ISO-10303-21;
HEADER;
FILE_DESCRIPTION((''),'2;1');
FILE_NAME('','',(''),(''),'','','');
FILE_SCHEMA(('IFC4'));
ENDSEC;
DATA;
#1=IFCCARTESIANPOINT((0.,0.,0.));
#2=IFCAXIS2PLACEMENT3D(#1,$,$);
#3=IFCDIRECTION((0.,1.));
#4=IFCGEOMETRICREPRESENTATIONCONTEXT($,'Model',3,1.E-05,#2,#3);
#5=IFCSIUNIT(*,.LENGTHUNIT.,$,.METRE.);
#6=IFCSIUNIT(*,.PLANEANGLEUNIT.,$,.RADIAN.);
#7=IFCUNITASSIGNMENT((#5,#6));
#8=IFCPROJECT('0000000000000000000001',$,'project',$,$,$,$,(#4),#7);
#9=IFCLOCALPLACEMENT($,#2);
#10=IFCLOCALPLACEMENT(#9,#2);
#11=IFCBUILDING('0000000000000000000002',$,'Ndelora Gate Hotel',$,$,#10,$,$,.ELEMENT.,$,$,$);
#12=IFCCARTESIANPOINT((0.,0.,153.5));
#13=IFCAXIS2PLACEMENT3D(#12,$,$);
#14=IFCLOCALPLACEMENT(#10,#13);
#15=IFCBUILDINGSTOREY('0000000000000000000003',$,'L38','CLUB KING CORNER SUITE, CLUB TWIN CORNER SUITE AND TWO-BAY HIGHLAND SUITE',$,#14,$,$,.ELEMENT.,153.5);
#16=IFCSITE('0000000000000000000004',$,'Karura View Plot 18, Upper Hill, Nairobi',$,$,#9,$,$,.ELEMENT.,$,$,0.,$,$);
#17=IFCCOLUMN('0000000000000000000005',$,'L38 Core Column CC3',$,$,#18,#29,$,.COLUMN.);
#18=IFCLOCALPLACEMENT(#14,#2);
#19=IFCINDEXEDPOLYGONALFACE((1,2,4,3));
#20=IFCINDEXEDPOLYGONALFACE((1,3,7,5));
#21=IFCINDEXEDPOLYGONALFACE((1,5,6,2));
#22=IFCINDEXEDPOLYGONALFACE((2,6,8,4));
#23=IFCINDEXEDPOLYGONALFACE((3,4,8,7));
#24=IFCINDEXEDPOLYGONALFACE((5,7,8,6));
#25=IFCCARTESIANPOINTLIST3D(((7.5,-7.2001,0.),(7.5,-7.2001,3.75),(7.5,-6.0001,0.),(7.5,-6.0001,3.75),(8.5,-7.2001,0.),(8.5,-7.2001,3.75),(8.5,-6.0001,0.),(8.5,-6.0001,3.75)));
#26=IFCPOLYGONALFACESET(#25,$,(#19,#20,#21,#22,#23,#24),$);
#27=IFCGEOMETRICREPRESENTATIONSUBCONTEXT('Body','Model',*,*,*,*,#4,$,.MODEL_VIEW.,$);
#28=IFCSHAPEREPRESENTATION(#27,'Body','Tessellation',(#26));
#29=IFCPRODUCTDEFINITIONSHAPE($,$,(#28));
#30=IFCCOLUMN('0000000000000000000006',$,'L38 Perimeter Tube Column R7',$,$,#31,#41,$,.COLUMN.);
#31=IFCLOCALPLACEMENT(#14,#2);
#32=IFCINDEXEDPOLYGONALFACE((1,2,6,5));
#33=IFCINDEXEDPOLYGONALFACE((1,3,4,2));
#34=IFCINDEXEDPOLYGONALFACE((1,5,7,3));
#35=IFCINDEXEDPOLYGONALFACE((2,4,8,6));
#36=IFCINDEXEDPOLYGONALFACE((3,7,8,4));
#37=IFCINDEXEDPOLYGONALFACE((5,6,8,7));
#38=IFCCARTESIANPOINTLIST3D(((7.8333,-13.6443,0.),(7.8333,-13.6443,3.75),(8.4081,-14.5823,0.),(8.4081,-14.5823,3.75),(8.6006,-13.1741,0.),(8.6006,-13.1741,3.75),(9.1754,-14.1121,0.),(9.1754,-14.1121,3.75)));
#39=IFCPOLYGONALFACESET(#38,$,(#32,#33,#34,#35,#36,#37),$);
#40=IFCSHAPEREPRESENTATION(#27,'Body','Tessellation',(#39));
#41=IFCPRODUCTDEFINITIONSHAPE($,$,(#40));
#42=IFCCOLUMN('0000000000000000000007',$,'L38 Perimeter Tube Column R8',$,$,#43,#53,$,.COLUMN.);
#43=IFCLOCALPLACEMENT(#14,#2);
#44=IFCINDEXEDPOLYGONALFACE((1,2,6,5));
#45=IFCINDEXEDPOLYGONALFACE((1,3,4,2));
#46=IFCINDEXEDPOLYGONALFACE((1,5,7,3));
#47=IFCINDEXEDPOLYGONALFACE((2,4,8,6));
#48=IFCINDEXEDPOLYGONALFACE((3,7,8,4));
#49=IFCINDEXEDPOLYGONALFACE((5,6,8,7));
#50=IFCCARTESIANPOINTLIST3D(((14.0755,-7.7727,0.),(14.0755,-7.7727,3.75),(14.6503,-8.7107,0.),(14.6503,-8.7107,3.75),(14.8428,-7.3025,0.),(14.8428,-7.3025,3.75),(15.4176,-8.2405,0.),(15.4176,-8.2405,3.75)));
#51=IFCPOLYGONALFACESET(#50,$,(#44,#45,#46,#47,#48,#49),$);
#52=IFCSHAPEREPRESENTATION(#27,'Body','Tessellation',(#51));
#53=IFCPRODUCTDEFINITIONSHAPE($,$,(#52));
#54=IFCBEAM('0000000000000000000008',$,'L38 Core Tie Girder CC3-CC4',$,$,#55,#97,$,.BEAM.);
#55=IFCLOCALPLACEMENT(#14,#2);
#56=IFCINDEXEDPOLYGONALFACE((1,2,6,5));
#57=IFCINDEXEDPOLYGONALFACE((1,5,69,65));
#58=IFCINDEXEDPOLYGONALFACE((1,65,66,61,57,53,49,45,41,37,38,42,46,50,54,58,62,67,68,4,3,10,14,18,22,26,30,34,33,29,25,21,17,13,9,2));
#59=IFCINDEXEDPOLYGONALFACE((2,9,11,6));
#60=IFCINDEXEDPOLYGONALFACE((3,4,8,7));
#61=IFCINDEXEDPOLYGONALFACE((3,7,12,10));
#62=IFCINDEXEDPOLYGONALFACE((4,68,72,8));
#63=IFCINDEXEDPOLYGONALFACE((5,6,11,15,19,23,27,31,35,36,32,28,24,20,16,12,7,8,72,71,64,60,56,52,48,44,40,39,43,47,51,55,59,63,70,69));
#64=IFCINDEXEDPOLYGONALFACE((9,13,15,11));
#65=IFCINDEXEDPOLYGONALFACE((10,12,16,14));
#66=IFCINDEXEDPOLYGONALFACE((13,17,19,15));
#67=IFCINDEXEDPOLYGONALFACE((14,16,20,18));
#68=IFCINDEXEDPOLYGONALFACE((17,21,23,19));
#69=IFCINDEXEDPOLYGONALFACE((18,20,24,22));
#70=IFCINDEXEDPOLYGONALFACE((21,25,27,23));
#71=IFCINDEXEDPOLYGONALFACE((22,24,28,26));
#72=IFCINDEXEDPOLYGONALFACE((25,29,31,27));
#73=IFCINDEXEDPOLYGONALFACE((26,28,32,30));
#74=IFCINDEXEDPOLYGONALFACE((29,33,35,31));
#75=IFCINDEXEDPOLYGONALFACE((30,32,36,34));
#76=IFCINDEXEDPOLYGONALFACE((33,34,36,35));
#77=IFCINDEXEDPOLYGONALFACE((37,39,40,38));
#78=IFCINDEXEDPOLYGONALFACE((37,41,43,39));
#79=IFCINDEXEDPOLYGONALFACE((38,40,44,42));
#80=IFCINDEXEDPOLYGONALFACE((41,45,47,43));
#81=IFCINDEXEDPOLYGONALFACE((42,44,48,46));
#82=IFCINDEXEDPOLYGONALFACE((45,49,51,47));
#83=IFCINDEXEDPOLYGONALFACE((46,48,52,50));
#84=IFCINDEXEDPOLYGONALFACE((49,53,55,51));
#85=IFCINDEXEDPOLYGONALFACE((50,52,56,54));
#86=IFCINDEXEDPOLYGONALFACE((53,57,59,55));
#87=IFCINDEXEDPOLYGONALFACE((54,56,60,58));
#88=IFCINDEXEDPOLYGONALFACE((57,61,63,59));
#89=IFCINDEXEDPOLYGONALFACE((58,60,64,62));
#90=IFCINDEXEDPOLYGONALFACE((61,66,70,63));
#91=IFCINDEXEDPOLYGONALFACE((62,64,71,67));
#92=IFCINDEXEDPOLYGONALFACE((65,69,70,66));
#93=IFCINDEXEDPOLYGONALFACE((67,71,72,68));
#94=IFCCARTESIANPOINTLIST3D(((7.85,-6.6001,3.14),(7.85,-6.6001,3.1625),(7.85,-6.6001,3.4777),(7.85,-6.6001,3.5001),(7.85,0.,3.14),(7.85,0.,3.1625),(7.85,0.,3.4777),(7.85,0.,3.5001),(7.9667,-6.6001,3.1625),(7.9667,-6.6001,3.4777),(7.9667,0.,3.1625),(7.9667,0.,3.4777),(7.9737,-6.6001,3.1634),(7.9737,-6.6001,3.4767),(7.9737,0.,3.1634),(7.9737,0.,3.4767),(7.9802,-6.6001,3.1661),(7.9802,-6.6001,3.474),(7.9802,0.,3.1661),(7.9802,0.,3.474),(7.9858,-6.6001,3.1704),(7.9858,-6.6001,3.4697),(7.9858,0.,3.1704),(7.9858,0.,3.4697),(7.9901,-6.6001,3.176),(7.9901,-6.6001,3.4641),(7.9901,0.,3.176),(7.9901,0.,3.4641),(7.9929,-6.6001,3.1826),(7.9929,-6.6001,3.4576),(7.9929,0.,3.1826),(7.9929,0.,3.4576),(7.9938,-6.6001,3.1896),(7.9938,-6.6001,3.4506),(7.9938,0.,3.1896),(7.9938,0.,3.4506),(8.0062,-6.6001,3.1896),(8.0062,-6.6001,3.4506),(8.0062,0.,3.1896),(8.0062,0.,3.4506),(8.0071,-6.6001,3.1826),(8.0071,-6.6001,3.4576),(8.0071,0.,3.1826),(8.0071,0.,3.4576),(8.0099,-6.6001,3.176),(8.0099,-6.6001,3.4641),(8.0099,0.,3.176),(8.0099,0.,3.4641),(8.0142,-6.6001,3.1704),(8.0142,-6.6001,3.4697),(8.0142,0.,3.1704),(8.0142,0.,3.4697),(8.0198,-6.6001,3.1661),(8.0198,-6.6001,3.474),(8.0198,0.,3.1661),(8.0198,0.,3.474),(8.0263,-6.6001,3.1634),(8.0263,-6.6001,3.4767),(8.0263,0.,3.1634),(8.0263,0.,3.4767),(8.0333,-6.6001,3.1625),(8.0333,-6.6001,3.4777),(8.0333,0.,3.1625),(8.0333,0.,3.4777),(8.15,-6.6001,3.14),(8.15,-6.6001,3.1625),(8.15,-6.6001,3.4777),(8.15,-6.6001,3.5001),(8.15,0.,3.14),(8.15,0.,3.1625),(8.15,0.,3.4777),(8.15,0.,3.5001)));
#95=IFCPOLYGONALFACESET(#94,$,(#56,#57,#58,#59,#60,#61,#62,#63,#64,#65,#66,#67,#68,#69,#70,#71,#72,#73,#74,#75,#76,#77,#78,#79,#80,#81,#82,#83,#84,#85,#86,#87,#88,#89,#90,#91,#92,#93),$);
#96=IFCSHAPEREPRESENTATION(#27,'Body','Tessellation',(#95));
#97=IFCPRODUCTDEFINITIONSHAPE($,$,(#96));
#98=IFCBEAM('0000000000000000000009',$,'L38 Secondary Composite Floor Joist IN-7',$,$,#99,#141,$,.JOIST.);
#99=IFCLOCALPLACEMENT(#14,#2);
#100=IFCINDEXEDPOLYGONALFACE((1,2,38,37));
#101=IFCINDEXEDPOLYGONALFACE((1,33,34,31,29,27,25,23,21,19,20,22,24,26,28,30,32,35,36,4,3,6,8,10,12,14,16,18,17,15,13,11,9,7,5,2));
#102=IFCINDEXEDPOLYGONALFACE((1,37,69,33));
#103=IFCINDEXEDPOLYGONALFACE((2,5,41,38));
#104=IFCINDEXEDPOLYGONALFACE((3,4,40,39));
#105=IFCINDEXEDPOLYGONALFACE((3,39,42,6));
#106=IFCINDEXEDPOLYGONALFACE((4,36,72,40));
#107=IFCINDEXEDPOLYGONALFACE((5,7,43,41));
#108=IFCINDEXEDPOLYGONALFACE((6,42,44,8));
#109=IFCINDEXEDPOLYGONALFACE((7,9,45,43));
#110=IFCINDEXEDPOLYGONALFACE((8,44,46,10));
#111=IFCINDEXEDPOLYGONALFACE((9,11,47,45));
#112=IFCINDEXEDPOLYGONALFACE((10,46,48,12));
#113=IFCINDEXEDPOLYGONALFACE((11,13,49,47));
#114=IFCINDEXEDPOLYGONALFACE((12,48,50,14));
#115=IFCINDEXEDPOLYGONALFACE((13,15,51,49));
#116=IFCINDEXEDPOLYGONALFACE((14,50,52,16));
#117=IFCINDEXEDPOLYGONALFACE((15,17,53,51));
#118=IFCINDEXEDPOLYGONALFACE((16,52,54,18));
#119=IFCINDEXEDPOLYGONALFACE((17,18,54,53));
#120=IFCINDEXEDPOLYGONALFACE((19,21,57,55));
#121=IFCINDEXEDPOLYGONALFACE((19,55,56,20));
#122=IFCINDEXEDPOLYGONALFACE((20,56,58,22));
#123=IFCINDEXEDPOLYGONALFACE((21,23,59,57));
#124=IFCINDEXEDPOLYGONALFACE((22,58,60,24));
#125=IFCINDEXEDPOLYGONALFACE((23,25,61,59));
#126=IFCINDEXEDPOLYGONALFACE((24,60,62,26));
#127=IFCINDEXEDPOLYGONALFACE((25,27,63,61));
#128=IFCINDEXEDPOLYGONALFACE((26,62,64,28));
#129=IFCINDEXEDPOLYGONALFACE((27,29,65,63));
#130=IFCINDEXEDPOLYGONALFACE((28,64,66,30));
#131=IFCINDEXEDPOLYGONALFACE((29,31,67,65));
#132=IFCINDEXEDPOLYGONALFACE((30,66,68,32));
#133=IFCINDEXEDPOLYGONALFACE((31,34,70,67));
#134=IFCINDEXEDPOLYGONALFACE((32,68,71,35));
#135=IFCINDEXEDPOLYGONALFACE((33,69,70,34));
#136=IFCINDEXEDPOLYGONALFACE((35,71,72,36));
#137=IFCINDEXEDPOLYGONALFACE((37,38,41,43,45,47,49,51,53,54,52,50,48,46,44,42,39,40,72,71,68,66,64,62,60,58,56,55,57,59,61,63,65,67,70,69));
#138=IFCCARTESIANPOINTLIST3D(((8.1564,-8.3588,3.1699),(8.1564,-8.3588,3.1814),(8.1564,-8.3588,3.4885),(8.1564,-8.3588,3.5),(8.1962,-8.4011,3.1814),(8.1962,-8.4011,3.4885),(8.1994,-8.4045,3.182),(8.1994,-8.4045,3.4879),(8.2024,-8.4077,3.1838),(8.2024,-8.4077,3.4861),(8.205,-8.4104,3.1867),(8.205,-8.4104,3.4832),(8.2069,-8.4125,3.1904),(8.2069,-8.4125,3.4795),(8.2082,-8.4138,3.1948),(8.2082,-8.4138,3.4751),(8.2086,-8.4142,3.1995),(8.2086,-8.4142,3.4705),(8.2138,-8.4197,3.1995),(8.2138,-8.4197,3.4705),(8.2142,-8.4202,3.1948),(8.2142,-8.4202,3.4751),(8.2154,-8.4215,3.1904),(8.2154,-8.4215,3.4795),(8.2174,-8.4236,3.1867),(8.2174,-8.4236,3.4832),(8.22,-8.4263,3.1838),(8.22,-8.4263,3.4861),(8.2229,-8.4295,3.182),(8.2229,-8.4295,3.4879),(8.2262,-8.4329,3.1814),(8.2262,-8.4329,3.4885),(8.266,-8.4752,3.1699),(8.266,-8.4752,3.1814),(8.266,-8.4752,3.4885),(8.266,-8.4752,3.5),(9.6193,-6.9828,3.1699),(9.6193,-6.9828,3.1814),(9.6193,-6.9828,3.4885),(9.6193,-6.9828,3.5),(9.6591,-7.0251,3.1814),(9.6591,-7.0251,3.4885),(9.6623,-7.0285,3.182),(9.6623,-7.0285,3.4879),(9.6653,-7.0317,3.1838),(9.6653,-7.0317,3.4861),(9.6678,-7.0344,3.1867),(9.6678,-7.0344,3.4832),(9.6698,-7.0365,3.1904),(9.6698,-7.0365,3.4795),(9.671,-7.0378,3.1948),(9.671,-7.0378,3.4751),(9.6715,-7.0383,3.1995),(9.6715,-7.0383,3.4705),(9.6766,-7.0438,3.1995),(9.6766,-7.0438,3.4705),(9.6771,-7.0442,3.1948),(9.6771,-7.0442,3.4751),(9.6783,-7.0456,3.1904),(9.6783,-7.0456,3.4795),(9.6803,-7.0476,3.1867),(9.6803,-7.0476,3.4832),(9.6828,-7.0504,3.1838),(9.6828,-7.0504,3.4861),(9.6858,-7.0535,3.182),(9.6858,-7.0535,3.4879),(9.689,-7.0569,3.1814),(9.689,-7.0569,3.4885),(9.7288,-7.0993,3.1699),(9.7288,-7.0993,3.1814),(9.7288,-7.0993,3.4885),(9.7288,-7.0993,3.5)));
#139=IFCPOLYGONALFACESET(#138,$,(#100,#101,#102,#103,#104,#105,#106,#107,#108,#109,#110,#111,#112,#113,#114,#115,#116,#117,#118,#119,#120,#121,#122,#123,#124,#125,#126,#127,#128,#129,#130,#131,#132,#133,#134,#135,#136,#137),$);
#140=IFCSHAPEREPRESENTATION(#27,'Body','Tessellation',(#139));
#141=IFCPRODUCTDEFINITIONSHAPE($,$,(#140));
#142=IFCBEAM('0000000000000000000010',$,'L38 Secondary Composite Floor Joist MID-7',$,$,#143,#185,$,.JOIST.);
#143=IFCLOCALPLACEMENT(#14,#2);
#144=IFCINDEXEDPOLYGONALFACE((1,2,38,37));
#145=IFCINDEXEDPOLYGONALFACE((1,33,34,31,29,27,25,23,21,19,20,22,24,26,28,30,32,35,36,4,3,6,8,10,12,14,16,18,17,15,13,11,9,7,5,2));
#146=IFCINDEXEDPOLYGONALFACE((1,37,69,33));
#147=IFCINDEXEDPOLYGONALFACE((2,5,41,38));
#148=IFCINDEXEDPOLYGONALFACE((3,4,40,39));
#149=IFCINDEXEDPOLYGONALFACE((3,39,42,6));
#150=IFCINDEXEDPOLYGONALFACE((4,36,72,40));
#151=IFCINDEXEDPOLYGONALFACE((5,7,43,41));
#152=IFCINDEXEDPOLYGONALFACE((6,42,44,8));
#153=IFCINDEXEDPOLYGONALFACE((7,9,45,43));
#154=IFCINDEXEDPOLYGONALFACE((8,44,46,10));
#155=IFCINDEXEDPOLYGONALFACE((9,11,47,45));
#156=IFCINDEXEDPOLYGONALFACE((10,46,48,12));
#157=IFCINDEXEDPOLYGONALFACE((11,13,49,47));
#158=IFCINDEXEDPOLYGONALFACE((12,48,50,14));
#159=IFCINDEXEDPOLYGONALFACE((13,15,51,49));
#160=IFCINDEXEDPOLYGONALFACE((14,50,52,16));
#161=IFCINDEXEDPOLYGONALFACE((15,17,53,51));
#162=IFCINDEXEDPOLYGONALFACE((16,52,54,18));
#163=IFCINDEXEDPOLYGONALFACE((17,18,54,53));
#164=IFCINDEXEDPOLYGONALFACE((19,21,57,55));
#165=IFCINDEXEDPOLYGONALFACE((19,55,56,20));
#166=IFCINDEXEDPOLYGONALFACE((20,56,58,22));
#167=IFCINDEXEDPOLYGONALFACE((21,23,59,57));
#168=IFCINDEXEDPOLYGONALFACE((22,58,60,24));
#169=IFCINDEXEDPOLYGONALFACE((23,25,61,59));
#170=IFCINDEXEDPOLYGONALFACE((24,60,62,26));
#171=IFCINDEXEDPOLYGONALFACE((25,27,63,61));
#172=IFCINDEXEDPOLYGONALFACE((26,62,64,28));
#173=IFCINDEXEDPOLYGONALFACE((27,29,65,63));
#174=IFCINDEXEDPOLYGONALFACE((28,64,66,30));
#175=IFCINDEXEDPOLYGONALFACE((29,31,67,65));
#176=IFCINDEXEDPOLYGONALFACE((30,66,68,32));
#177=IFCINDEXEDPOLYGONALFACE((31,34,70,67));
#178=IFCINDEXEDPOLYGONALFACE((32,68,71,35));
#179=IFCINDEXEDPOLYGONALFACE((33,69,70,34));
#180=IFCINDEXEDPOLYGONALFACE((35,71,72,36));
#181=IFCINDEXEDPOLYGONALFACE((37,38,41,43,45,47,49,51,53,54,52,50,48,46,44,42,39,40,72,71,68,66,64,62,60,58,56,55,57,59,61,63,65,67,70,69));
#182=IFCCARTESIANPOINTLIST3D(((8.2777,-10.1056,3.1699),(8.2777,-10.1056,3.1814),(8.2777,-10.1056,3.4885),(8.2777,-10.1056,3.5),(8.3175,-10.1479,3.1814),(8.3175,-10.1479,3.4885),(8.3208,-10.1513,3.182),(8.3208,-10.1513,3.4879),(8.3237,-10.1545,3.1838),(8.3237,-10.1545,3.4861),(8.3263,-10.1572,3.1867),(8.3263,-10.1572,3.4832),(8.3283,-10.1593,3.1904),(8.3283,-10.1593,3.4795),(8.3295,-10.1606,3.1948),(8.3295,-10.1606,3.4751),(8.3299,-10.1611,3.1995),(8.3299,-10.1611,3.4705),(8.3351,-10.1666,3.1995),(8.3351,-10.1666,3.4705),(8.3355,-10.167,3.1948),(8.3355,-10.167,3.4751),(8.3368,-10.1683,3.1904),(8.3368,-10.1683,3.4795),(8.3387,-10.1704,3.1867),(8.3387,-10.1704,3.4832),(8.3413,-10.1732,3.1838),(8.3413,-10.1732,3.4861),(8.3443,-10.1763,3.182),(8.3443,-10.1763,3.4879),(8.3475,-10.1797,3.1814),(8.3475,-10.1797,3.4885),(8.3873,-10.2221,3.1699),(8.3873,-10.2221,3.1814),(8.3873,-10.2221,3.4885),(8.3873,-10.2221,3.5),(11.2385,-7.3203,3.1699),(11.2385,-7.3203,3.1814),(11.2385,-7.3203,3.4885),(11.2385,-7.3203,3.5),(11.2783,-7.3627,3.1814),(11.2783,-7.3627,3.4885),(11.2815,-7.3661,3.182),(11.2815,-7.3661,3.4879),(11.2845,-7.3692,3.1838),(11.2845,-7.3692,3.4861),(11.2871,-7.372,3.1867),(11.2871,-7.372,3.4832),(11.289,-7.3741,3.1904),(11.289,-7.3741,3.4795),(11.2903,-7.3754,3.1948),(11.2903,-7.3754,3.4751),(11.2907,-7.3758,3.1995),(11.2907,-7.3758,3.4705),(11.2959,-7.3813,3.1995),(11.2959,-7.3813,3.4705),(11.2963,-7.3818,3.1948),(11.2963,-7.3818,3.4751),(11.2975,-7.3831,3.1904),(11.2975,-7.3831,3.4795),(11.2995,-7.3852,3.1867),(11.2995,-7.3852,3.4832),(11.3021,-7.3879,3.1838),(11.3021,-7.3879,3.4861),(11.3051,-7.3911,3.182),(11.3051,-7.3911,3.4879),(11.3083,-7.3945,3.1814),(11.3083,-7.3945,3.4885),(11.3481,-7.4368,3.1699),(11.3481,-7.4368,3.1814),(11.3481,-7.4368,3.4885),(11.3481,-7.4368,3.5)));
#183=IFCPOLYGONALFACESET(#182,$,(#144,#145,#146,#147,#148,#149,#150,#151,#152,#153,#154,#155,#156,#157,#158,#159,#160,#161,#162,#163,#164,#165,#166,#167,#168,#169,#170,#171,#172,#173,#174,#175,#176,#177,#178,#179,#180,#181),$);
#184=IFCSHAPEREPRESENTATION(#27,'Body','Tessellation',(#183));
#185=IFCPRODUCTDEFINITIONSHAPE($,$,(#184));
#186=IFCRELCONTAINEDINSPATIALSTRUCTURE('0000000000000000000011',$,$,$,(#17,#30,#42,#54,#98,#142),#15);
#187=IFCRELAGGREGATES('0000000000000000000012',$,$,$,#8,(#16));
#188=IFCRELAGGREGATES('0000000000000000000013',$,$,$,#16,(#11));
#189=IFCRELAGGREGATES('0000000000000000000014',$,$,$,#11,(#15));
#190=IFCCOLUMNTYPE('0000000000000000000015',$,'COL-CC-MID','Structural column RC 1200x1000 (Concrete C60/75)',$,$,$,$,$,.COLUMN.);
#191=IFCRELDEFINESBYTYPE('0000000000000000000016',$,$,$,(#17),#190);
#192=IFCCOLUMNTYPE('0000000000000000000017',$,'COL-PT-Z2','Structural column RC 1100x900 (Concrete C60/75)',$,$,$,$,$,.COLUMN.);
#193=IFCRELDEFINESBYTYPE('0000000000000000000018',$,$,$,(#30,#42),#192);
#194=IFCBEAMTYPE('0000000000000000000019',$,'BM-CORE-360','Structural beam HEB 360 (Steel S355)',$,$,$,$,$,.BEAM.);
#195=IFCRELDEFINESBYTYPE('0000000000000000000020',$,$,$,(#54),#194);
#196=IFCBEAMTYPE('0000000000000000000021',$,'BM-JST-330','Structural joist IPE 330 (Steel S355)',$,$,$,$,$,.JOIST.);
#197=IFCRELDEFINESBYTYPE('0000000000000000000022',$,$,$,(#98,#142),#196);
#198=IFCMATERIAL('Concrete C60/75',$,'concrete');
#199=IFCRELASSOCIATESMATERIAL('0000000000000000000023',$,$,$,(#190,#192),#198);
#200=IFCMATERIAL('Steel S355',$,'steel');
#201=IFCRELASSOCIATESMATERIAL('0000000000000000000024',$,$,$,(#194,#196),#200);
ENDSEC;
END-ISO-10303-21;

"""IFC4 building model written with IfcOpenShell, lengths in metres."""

from ifc_helpers import new_model, si_unit, direction, frame, origin, origin_2d, place, context, subcontext, project, spatial, rectangle, i_section, extrude, material, material_profile, profile_set, type_object, element, save


model = new_model("IFC4")

# Units and contexts
model_context = context("Model", 3, precision=1e-05, world=origin(), true_north=direction((0.0, 1.0)))
body_context = subcontext(model_context, "Body", "Model", "MODEL_VIEW")
ifc_project = project(units=[si_unit("LENGTHUNIT", "METRE"), si_unit("PLANEANGLEUNIT", "RADIAN")], contexts=[model_context])

# Site, building, storey
site_placement = place(None, origin())
site = spatial("IfcSite", under=ifc_project, at=site_placement, Name="Karura View Plot 18, Upper Hill, Nairobi", CompositionType="ELEMENT", RefElevation=0.0)
building_placement = place(site_placement, origin())
building = spatial("IfcBuilding", under=site, at=building_placement, Name="Ndelora Gate Hotel", CompositionType="ELEMENT")
storey_placement = place(building_placement, frame((0.0, 0.0, 153.5)))
storey = spatial("IfcBuildingStorey", under=building, at=storey_placement, Name="L38", Description="CLUB KING CORNER SUITE, CLUB TWIN CORNER SUITE AND TWO-BAY HIGHLAND SUITE", CompositionType="ELEMENT", Elevation=153.5)

# Columns
ifc_material_1 = material(Name="Concrete C60/75", Category="concrete")
ifc_material_profile_1 = material_profile(ifc_material_1, rectangle(XDim=1.0, YDim=1.2, at=origin_2d()), Name="RC 1200x1000")
ifc_profile_set_1 = profile_set([ifc_material_profile_1], Name="Concrete C60/75")
column_type_1 = type_object("IfcColumnType", Name="COL-CC-MID", Description="Structural column RC 1200x1000 (Concrete C60/75)", PredefinedType="COLUMN", material=ifc_profile_set_1)
column_placement = place(storey_placement, frame((8.0, -6.6001, 0.0), z_axis=(0.0, 0.0, 1.0), x_axis=(1.0, 0.0, 0.0)))
element("IfcColumn", 1, at=column_placement, inside=storey, type_object=column_type_1, Name="L38 Core Column CC3", PredefinedType="COLUMN", context=body_context, shape_type="SweptSolid", body=[
    extrude(rectangle(XDim=1.0, YDim=1.2, at=origin_2d()), origin(), (0.0, 0.0, 1.0), 3.75),
])
ifc_material_profile_2 = material_profile(ifc_material_1, rectangle(XDim=0.8999, YDim=1.1001, at=origin_2d()), Name="RC 1100x900")
ifc_profile_set_2 = profile_set([ifc_material_profile_2], Name="Concrete C60/75")
column_type_2 = type_object("IfcColumnType", Name="COL-PT-Z2", Description="Structural column RC 1100x900 (Concrete C60/75)", PredefinedType="COLUMN", material=ifc_profile_set_2)
for number, where, z_axis, x_axis, name in (
    (2, (8.5044, -13.8782, 0.0), (0.0, 0.0, 1.0), (0.85264, 0.522499, 0.0), "L38 Perimeter Tube Column R7"),
    (3, (14.7466, -8.0066, 0.0), (0.0, 0.0, 1.0), (0.85264, 0.522499, 0.0), "L38 Perimeter Tube Column R8"),
):
    element("IfcColumn", number, at=place(storey_placement, frame(where, z_axis=z_axis, x_axis=x_axis)), inside=storey, type_object=column_type_2, Name=name, PredefinedType="COLUMN", context=body_context, shape_type="SweptSolid", body=[
        extrude(rectangle(XDim=0.8999, YDim=1.1001, at=origin_2d()), origin(), (0.0, 0.0, 1.0), 3.75),
    ])

# Beams
ifc_material_2 = material(Name="Steel S355", Category="steel")
ifc_material_profile_3 = material_profile(ifc_material_2, i_section(OverallWidth=0.3, OverallDepth=0.3601, WebThickness=0.0125, FlangeThickness=0.0225, FilletRadius=0.0271, at=origin_2d()), Name="HEB 360")
ifc_profile_set_3 = profile_set([ifc_material_profile_3], Name="Steel S355")
beam_type_1 = type_object("IfcBeamType", Name="BM-CORE-360", Description="Structural beam HEB 360 (Steel S355)", PredefinedType="BEAM", material=ifc_profile_set_3)
beam_1_placement = place(storey_placement, frame((8.0, -6.6001, 3.3201), z_axis=(0.0, 1.0, 0.0), x_axis=(-1.0, 0.0, 0.0)))
element("IfcBeam", 4, at=beam_1_placement, inside=storey, type_object=beam_type_1, Name="L38 Core Tie Girder CC3-CC4", PredefinedType="BEAM", context=body_context, shape_type="SweptSolid", body=[
    extrude(i_section(OverallWidth=0.3, OverallDepth=0.3601, WebThickness=0.0125, FlangeThickness=0.0225, FilletRadius=0.0271, at=origin_2d()), origin(), (0.0, 0.0, 1.0), 6.6001),
])
ifc_material_profile_4 = material_profile(ifc_material_2, i_section(OverallWidth=0.1599, OverallDepth=0.3301, WebThickness=0.0076, FlangeThickness=0.0115, FilletRadius=0.0181, at=origin_2d()), Name="IPE 330")
ifc_profile_set_4 = profile_set([ifc_material_profile_4], Name="Steel S355")
beam_type_2 = type_object("IfcBeamType", Name="BM-JST-330", Description="Structural joist IPE 330 (Steel S355)", PredefinedType="JOIST", material=ifc_profile_set_4)
beam_2_placement = place(storey_placement, frame((8.2112, -8.417, 3.335), z_axis=(0.728414, 0.685137, 0.0), x_axis=(-0.685137, 0.728414, 0.0)))
element("IfcBeam", 5, at=beam_2_placement, inside=storey, type_object=beam_type_2, Name="L38 Secondary Composite Floor Joist IN-7", PredefinedType="JOIST", context=body_context, shape_type="SweptSolid", body=[
    extrude(i_section(OverallWidth=0.1599, OverallDepth=0.3301, WebThickness=0.0076, FlangeThickness=0.0115, FilletRadius=0.0181, at=origin_2d()), origin(), (0.0, 0.0, 1.0), 2.0083),
])
beam_3_placement = place(storey_placement, frame((8.3325, -10.1638, 3.335), z_axis=(0.728369, 0.685185, 0.0), x_axis=(-0.685185, 0.728369, 0.0)))
element("IfcBeam", 6, at=beam_3_placement, inside=storey, type_object=beam_type_2, Name="L38 Secondary Composite Floor Joist MID-7", PredefinedType="JOIST", context=body_context, shape_type="SweptSolid", body=[
    extrude(i_section(OverallWidth=0.1599, OverallDepth=0.3301, WebThickness=0.0076, FlangeThickness=0.0115, FilletRadius=0.0181, at=origin_2d()), origin(), (0.0, 0.0, 1.0), 4.0649),
])

save(model, "model.ifc")
